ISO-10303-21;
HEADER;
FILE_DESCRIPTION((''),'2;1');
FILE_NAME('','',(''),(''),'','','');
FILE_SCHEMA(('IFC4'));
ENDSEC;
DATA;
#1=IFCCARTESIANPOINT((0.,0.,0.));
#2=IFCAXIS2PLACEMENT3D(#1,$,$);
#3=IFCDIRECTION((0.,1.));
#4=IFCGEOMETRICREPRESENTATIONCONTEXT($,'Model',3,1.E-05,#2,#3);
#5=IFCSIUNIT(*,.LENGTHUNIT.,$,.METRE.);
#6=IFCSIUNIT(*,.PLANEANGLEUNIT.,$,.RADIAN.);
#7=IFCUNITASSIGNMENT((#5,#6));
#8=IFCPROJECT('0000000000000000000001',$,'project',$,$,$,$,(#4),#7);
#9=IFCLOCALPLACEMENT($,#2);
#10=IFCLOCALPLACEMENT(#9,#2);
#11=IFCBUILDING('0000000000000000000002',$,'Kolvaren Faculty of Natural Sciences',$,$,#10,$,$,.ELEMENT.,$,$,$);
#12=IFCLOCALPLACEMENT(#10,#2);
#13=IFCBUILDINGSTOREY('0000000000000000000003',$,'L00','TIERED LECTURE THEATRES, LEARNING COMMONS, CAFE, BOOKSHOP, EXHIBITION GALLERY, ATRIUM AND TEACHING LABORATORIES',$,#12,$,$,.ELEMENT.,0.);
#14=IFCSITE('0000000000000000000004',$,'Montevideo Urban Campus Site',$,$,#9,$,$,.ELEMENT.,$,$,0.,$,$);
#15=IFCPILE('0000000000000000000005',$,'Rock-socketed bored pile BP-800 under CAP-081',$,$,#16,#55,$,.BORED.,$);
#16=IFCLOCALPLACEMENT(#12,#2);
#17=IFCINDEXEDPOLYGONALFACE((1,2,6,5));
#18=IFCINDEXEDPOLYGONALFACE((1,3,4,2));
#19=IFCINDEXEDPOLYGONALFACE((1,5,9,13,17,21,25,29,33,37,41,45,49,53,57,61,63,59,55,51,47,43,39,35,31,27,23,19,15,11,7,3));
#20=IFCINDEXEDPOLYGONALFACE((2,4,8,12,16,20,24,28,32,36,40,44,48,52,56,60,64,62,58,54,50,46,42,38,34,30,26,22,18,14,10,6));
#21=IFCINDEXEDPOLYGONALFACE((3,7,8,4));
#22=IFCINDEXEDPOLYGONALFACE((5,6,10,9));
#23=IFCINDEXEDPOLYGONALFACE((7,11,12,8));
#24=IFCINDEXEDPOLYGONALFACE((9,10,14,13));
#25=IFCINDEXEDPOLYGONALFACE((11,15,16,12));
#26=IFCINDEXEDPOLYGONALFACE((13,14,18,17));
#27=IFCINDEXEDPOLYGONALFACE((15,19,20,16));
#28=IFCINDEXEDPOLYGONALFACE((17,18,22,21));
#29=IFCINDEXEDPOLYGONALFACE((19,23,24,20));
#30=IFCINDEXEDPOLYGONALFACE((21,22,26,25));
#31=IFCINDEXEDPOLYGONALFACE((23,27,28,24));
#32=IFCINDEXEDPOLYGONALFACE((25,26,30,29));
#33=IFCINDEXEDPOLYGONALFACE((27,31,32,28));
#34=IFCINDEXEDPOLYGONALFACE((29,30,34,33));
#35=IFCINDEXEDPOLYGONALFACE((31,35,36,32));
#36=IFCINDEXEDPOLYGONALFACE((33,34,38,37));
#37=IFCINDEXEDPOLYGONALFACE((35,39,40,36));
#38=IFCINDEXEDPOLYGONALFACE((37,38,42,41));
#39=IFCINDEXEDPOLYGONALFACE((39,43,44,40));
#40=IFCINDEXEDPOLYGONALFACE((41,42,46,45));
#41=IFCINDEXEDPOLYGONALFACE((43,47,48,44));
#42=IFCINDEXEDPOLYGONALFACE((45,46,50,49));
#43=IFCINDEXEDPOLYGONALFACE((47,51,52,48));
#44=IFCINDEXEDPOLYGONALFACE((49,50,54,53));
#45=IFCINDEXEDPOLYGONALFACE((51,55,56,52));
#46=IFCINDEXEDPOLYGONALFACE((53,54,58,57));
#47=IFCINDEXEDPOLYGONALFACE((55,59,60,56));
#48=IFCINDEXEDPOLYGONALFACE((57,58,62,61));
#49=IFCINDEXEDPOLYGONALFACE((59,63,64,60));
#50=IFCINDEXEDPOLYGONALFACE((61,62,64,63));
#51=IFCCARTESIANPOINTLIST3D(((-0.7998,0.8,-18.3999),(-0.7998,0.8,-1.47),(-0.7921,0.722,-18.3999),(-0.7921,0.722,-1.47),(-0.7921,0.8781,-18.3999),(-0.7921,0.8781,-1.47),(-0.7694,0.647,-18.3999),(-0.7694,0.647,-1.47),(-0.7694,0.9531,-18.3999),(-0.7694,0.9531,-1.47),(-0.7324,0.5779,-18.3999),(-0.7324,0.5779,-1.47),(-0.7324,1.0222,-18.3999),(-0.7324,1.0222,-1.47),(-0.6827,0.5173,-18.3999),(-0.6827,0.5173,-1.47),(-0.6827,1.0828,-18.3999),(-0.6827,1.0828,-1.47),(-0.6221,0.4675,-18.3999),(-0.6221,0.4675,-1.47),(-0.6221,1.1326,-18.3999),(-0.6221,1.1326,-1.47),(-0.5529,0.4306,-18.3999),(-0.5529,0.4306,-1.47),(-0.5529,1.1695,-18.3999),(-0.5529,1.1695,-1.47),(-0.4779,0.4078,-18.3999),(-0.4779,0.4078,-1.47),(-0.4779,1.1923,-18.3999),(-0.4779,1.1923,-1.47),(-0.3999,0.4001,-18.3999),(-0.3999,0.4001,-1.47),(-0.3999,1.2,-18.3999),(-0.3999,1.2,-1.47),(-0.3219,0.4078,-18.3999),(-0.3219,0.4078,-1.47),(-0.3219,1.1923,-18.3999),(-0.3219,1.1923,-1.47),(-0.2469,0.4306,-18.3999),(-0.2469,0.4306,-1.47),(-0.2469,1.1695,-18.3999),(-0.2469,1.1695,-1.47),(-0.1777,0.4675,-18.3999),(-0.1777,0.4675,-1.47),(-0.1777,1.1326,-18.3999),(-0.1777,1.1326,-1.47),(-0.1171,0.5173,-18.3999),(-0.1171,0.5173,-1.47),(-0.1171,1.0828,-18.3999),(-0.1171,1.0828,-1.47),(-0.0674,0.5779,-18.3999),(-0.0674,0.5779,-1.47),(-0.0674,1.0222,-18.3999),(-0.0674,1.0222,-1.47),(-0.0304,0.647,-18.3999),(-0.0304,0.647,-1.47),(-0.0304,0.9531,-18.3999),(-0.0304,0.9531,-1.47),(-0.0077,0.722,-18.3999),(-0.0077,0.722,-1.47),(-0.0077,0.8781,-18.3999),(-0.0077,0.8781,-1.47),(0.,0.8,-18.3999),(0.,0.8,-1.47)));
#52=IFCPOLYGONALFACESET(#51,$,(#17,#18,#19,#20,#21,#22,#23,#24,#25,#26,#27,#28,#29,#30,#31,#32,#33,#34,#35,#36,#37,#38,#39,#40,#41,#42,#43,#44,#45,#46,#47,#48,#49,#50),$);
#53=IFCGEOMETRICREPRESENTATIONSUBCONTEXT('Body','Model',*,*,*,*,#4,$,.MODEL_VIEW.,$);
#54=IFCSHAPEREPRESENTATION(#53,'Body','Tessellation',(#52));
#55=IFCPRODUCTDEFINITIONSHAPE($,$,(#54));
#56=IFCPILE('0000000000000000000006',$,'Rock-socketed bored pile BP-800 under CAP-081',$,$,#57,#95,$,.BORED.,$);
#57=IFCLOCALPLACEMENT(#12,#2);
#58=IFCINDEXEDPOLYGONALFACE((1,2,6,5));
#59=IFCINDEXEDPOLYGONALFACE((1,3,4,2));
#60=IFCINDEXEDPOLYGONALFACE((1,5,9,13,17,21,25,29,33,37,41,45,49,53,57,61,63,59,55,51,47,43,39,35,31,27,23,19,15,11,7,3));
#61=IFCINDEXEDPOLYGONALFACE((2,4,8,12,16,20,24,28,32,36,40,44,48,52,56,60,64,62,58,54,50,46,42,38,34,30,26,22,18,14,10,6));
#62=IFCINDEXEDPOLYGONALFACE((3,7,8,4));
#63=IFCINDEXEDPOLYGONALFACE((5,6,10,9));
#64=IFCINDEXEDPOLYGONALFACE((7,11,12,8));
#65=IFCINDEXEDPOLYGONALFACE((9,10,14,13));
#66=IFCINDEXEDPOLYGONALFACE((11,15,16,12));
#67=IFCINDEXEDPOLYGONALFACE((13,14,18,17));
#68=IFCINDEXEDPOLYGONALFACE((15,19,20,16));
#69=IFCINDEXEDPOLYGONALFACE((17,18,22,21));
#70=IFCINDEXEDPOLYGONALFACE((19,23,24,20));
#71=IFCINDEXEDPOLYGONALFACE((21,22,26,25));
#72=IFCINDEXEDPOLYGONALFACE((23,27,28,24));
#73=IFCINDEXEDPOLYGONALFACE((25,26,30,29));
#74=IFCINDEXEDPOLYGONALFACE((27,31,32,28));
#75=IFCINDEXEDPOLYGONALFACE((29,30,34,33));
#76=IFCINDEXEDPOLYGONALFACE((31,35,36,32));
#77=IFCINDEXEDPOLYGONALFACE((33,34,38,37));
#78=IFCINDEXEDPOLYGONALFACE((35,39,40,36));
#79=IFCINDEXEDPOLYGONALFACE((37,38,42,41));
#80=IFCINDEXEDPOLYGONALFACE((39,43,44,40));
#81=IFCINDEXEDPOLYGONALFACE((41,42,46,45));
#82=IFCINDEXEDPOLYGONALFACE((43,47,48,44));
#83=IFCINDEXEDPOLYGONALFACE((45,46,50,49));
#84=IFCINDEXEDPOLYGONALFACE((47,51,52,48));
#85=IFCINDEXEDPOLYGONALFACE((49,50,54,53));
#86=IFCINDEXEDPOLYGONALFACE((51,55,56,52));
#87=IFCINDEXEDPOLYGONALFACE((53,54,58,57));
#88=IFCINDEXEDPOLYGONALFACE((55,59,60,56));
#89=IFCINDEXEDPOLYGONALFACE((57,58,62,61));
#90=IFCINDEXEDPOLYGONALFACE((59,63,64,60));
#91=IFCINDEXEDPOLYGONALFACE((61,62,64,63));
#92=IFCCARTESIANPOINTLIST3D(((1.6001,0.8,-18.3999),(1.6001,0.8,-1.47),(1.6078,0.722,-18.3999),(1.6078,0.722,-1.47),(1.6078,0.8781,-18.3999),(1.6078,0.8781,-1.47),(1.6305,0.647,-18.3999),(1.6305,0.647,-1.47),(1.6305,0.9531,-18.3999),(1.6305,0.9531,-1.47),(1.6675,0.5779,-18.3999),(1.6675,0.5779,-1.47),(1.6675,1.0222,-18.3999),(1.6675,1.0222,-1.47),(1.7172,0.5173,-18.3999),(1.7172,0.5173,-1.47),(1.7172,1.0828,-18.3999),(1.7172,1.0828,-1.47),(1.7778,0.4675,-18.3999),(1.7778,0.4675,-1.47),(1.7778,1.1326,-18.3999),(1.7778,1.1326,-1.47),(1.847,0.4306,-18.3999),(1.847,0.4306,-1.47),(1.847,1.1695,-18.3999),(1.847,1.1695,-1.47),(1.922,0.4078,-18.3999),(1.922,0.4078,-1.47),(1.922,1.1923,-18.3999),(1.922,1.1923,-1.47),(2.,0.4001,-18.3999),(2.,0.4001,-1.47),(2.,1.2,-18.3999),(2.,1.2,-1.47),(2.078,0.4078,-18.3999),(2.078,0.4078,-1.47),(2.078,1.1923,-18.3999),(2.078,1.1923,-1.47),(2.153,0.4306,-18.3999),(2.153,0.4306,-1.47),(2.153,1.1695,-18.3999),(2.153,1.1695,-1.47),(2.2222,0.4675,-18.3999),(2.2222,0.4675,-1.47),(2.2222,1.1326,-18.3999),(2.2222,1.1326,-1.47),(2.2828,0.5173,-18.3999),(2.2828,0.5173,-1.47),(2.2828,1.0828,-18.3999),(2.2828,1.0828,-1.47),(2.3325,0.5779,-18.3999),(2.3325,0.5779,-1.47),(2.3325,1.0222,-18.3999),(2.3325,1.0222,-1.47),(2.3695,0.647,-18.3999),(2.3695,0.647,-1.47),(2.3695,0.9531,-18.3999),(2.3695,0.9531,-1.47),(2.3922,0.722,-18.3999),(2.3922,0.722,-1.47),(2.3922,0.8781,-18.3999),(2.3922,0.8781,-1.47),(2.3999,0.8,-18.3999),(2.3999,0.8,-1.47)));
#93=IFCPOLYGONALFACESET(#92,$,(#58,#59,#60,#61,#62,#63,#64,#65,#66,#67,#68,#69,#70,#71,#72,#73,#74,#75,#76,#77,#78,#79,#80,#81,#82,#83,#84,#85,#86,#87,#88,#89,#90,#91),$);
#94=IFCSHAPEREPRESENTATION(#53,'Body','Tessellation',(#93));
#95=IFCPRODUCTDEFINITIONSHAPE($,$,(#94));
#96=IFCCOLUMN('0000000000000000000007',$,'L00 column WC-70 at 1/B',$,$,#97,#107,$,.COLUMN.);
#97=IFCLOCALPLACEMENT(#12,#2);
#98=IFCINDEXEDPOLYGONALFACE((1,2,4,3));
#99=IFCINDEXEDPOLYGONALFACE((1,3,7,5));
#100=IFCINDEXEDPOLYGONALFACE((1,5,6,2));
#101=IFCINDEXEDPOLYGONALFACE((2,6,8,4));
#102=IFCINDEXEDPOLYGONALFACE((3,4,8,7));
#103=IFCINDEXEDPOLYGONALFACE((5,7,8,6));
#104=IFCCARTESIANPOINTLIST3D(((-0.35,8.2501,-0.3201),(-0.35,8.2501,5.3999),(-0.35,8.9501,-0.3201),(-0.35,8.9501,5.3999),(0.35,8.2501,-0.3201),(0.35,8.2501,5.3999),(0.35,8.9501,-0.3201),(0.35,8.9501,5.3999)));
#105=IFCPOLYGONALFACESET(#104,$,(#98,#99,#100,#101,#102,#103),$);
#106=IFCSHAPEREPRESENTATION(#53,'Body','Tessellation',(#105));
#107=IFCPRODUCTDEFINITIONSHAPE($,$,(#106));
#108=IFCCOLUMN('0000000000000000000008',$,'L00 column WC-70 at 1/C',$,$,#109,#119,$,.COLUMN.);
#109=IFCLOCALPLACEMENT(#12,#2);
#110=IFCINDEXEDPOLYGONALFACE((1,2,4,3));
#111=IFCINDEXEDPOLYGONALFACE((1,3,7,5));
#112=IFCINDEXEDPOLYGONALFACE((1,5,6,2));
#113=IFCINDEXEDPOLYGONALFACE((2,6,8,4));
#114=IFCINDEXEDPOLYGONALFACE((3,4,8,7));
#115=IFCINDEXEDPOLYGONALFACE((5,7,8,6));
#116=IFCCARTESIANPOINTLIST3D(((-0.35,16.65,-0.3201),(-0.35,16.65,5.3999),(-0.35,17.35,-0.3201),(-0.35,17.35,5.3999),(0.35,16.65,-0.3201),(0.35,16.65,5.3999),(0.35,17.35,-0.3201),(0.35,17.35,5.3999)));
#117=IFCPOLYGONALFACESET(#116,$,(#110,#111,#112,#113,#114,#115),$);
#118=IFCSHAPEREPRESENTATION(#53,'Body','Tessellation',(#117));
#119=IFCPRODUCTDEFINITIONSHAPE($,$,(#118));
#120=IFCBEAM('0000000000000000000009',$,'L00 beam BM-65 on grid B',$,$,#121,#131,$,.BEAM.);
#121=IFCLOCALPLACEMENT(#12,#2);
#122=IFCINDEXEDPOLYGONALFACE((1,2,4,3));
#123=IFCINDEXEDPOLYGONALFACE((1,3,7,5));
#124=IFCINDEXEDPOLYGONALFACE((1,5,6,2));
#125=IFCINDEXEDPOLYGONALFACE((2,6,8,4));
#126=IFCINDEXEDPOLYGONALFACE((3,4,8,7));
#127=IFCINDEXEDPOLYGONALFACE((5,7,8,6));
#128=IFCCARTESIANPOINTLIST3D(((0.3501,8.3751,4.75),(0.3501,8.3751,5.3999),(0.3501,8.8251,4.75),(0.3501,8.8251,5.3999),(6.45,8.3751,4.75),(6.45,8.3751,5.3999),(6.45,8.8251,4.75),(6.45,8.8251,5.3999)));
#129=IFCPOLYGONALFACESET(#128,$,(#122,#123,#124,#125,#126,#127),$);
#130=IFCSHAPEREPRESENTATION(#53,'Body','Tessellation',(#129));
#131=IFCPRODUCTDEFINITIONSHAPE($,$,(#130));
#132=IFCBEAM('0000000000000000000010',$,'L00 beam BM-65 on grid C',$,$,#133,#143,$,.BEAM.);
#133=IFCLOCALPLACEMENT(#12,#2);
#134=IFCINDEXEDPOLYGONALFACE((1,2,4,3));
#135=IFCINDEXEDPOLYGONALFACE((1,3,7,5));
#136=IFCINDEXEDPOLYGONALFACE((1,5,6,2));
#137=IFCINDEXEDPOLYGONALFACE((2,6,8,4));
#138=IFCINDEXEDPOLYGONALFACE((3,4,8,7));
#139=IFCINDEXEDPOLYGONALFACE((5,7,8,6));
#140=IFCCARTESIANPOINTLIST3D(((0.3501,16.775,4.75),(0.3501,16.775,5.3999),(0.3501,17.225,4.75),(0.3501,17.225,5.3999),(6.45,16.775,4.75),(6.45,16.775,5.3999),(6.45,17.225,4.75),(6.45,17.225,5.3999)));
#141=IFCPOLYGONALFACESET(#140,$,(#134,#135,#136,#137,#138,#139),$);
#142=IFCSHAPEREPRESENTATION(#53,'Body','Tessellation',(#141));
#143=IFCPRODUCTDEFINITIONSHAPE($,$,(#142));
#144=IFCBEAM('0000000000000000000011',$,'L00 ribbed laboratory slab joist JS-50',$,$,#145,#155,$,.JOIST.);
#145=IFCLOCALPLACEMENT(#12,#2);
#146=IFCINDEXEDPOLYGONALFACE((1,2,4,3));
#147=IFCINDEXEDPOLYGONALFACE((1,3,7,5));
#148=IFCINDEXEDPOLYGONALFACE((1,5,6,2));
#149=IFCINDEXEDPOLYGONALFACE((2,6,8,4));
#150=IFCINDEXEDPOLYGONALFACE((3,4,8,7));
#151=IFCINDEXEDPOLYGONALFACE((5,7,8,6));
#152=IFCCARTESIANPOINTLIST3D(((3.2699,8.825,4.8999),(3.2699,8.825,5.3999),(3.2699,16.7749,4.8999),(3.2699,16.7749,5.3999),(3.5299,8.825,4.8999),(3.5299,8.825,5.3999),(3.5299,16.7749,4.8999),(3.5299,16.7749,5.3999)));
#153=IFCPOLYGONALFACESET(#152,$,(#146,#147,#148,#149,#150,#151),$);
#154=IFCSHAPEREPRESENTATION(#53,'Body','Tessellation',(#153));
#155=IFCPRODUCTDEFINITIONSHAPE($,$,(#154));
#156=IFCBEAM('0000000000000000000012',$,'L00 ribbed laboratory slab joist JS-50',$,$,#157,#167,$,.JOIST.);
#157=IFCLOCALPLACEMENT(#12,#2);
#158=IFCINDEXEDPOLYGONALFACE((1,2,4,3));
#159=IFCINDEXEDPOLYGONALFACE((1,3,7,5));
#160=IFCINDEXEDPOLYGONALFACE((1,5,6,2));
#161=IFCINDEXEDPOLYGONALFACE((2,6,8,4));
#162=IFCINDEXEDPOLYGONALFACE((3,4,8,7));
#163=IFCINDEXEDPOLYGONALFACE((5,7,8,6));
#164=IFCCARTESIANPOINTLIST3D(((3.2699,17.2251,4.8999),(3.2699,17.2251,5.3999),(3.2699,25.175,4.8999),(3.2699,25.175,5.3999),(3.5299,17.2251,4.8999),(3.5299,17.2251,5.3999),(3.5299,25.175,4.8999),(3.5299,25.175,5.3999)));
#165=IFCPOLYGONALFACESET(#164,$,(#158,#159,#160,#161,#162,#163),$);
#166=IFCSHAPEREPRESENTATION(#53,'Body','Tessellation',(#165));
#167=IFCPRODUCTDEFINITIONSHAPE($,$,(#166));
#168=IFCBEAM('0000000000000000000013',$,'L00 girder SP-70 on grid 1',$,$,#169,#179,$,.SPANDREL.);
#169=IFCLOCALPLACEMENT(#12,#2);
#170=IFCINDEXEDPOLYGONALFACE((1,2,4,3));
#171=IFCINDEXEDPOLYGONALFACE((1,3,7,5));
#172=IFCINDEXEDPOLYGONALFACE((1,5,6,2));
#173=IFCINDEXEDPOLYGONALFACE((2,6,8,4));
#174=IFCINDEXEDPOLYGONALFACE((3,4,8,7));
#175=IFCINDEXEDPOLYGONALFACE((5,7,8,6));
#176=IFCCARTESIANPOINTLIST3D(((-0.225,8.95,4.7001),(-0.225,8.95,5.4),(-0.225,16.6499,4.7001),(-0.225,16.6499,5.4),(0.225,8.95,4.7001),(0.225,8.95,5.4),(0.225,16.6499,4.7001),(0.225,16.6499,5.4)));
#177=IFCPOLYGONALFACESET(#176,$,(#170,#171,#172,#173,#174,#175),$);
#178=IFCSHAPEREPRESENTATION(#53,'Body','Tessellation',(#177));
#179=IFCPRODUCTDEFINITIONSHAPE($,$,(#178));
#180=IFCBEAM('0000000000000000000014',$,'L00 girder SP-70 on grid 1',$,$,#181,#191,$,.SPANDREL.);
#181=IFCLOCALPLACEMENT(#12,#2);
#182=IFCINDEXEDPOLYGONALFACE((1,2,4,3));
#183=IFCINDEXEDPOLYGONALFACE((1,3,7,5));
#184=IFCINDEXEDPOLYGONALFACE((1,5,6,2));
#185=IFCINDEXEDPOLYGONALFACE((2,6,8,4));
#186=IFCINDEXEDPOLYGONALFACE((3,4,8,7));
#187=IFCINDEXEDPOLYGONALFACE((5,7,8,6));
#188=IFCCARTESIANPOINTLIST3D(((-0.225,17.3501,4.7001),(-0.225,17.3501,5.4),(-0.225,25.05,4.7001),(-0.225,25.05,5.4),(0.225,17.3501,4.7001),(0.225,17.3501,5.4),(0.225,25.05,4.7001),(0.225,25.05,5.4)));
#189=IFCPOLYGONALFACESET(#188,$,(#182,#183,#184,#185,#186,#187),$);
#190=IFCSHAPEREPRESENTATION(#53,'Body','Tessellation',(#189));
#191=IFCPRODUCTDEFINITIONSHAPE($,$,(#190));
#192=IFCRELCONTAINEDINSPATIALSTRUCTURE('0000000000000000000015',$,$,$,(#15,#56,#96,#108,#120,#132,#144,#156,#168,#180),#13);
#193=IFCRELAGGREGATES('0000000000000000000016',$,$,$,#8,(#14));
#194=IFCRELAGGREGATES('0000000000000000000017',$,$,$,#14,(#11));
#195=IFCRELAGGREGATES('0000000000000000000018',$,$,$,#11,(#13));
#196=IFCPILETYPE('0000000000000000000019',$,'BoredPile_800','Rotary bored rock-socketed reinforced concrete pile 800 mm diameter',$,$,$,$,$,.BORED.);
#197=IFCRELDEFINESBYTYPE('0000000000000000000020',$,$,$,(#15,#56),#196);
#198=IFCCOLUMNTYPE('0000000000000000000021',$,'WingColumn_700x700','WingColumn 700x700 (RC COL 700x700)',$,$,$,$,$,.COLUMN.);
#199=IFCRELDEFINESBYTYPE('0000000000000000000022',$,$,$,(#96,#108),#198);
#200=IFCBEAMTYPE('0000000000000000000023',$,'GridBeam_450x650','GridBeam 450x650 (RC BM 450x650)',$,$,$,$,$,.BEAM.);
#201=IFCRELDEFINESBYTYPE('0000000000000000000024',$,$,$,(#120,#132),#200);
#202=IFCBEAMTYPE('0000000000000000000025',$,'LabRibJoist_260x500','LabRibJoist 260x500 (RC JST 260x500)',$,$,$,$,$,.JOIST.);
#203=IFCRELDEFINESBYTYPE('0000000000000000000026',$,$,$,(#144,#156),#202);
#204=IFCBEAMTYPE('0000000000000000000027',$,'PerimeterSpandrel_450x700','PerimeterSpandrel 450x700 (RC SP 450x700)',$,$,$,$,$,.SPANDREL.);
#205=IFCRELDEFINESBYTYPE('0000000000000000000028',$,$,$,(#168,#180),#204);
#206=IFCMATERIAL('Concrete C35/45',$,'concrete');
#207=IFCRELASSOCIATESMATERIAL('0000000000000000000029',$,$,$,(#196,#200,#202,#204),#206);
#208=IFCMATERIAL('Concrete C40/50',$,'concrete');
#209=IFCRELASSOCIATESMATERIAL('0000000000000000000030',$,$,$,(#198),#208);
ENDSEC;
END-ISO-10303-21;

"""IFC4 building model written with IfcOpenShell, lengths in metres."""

from ifc_helpers import new_model, si_unit, direction, frame, origin, origin_2d, place, context, subcontext, project, spatial, rectangle, circle, extrude, material, material_profile, profile_set, type_object, element, save


model = new_model("IFC4")

# Units and contexts
model_context = context("Model", 3, precision=1e-05, world=origin(), true_north=direction((0.0, 1.0)))
body_context = subcontext(model_context, "Body", "Model", "MODEL_VIEW")
ifc_project = project(units=[si_unit("LENGTHUNIT", "METRE"), si_unit("PLANEANGLEUNIT", "RADIAN")], contexts=[model_context])

# Site, building, storey
site_placement = place(None, origin())
site = spatial("IfcSite", under=ifc_project, at=site_placement, Name="Montevideo Urban Campus Site", CompositionType="ELEMENT", RefElevation=0.0)
building_placement = place(site_placement, origin())
building = spatial("IfcBuilding", under=site, at=building_placement, Name="Kolvaren Faculty of Natural Sciences", CompositionType="ELEMENT")
storey_placement = place(building_placement, origin())
storey = spatial("IfcBuildingStorey", under=building, at=storey_placement, Name="L00", Description="TIERED LECTURE THEATRES, LEARNING COMMONS, CAFE, BOOKSHOP, EXHIBITION GALLERY, ATRIUM AND TEACHING LABORATORIES", CompositionType="ELEMENT", Elevation=0.0)

# Piles
ifc_material_1 = material(Name="Concrete C35/45", Category="concrete")
ifc_material_profile_1 = material_profile(ifc_material_1, circle(Radius=0.3999, at=origin_2d()), Name="PILE D800")
ifc_profile_set_1 = profile_set([ifc_material_profile_1], Name="Concrete C35/45")
pile_type = type_object("IfcPileType", Name="BoredPile_800", Description="Rotary bored rock-socketed reinforced concrete pile 800 mm diameter", PredefinedType="BORED", material=ifc_profile_set_1)
for number, where, z_axis, x_axis, name in (
    (1, (-0.3999, 0.8, -1.47), (0.0, 0.0, -1.0), (1.0, 0.0, 0.0), "Rock-socketed bored pile BP-800 under CAP-081"),
    (2, (2.0, 0.8, -1.47), (0.0, 0.0, -1.0), (1.0, 0.0, 0.0), "Rock-socketed bored pile BP-800 under CAP-081"),
):
    element("IfcPile", number, at=place(storey_placement, frame(where, z_axis=z_axis, x_axis=x_axis)), inside=storey, type_object=pile_type, Name=name, PredefinedType="BORED", context=body_context, shape_type="SweptSolid", body=[
        extrude(circle(Radius=0.3999, at=origin_2d()), origin(), (0.0, 0.0, 1.0), 16.9299),
    ])

# Columns
ifc_material_2 = material(Name="Concrete C40/50", Category="concrete")
ifc_material_profile_2 = material_profile(ifc_material_2, rectangle(XDim=0.7, YDim=0.7, at=origin_2d()), Name="RC COL 700x700")
ifc_profile_set_2 = profile_set([ifc_material_profile_2], Name="Concrete C40/50")
column_type = type_object("IfcColumnType", Name="WingColumn_700x700", Description="WingColumn 700x700 (RC COL 700x700)", PredefinedType="COLUMN", material=ifc_profile_set_2)
for number, where, z_axis, x_axis, name in (
    (3, (0.0, 8.6001, -0.3201), (0.0, 0.0, 1.0), (1.0, 0.0, 0.0), "L00 column WC-70 at 1/B"),
    (4, (0.0, 17.0, -0.3201), (0.0, 0.0, 1.0), (1.0, 0.0, 0.0), "L00 column WC-70 at 1/C"),
):
    element("IfcColumn", number, at=place(storey_placement, frame(where, z_axis=z_axis, x_axis=x_axis)), inside=storey, type_object=column_type, Name=name, PredefinedType="COLUMN", context=body_context, shape_type="SweptSolid", body=[
        extrude(rectangle(XDim=0.7, YDim=0.7, at=origin_2d()), origin(), (0.0, 0.0, 1.0), 5.72),
    ])

# Beams
ifc_material_profile_3 = material_profile(ifc_material_1, rectangle(XDim=0.45, YDim=0.6499, at=origin_2d()), Name="RC BM 450x650")
ifc_profile_set_3 = profile_set([ifc_material_profile_3], Name="Concrete C35/45")
beam_type_1 = type_object("IfcBeamType", Name="GridBeam_450x650", Description="GridBeam 450x650 (RC BM 450x650)", PredefinedType="BEAM", material=ifc_profile_set_3)
for number, where, z_axis, x_axis, name in (
    (5, (0.3501, 8.6001, 5.075), (1.0, 0.0, 0.0), (0.0, 1.0, 0.0), "L00 beam BM-65 on grid B"),
    (6, (0.3501, 17.0, 5.075), (1.0, 0.0, 0.0), (0.0, 1.0, 0.0), "L00 beam BM-65 on grid C"),
):
    element("IfcBeam", number, at=place(storey_placement, frame(where, z_axis=z_axis, x_axis=x_axis)), inside=storey, type_object=beam_type_1, Name=name, PredefinedType="BEAM", context=body_context, shape_type="SweptSolid", body=[
        extrude(rectangle(XDim=0.45, YDim=0.6499, at=origin_2d()), origin(), (0.0, 0.0, 1.0), 6.0999),
    ])
ifc_material_profile_4 = material_profile(ifc_material_1, rectangle(XDim=0.26, YDim=0.5, at=origin_2d()), Name="RC JST 260x500")
ifc_profile_set_4 = profile_set([ifc_material_profile_4], Name="Concrete C35/45")
beam_type_2 = type_object("IfcBeamType", Name="LabRibJoist_260x500", Description="LabRibJoist 260x500 (RC JST 260x500)", PredefinedType="JOIST", material=ifc_profile_set_4)
for number, where, z_axis, x_axis, name in (
    (7, (3.3999, 8.825, 5.1499), (0.0, 1.0, 0.0), (-1.0, 0.0, 0.0), "L00 ribbed laboratory slab joist JS-50"),
    (8, (3.3999, 17.2251, 5.1499), (0.0, 1.0, 0.0), (-1.0, 0.0, 0.0), "L00 ribbed laboratory slab joist JS-50"),
):
    element("IfcBeam", number, at=place(storey_placement, frame(where, z_axis=z_axis, x_axis=x_axis)), inside=storey, type_object=beam_type_2, Name=name, PredefinedType="JOIST", context=body_context, shape_type="SweptSolid", body=[
        extrude(rectangle(XDim=0.26, YDim=0.5, at=origin_2d()), origin(), (0.0, 0.0, 1.0), 7.95),
    ])
ifc_material_profile_5 = material_profile(ifc_material_1, rectangle(XDim=0.45, YDim=0.7, at=origin_2d()), Name="RC SP 450x700")
ifc_profile_set_5 = profile_set([ifc_material_profile_5], Name="Concrete C35/45")
beam_type_3 = type_object("IfcBeamType", Name="PerimeterSpandrel_450x700", Description="PerimeterSpandrel 450x700 (RC SP 450x700)", PredefinedType="SPANDREL", material=ifc_profile_set_5)
for number, where, z_axis, x_axis, name in (
    (9, (0.0, 8.95, 5.05), (0.0, 1.0, 0.0), (-1.0, 0.0, 0.0), "L00 girder SP-70 on grid 1"),
    (10, (0.0, 17.3501, 5.05), (0.0, 1.0, 0.0), (-1.0, 0.0, 0.0), "L00 girder SP-70 on grid 1"),
):
    element("IfcBeam", number, at=place(storey_placement, frame(where, z_axis=z_axis, x_axis=x_axis)), inside=storey, type_object=beam_type_3, Name=name, PredefinedType="SPANDREL", context=body_context, shape_type="SweptSolid", body=[
        extrude(rectangle(XDim=0.45, YDim=0.7, at=origin_2d()), origin(), (0.0, 0.0, 1.0), 7.7),
    ])

save(model, "model.ifc")
